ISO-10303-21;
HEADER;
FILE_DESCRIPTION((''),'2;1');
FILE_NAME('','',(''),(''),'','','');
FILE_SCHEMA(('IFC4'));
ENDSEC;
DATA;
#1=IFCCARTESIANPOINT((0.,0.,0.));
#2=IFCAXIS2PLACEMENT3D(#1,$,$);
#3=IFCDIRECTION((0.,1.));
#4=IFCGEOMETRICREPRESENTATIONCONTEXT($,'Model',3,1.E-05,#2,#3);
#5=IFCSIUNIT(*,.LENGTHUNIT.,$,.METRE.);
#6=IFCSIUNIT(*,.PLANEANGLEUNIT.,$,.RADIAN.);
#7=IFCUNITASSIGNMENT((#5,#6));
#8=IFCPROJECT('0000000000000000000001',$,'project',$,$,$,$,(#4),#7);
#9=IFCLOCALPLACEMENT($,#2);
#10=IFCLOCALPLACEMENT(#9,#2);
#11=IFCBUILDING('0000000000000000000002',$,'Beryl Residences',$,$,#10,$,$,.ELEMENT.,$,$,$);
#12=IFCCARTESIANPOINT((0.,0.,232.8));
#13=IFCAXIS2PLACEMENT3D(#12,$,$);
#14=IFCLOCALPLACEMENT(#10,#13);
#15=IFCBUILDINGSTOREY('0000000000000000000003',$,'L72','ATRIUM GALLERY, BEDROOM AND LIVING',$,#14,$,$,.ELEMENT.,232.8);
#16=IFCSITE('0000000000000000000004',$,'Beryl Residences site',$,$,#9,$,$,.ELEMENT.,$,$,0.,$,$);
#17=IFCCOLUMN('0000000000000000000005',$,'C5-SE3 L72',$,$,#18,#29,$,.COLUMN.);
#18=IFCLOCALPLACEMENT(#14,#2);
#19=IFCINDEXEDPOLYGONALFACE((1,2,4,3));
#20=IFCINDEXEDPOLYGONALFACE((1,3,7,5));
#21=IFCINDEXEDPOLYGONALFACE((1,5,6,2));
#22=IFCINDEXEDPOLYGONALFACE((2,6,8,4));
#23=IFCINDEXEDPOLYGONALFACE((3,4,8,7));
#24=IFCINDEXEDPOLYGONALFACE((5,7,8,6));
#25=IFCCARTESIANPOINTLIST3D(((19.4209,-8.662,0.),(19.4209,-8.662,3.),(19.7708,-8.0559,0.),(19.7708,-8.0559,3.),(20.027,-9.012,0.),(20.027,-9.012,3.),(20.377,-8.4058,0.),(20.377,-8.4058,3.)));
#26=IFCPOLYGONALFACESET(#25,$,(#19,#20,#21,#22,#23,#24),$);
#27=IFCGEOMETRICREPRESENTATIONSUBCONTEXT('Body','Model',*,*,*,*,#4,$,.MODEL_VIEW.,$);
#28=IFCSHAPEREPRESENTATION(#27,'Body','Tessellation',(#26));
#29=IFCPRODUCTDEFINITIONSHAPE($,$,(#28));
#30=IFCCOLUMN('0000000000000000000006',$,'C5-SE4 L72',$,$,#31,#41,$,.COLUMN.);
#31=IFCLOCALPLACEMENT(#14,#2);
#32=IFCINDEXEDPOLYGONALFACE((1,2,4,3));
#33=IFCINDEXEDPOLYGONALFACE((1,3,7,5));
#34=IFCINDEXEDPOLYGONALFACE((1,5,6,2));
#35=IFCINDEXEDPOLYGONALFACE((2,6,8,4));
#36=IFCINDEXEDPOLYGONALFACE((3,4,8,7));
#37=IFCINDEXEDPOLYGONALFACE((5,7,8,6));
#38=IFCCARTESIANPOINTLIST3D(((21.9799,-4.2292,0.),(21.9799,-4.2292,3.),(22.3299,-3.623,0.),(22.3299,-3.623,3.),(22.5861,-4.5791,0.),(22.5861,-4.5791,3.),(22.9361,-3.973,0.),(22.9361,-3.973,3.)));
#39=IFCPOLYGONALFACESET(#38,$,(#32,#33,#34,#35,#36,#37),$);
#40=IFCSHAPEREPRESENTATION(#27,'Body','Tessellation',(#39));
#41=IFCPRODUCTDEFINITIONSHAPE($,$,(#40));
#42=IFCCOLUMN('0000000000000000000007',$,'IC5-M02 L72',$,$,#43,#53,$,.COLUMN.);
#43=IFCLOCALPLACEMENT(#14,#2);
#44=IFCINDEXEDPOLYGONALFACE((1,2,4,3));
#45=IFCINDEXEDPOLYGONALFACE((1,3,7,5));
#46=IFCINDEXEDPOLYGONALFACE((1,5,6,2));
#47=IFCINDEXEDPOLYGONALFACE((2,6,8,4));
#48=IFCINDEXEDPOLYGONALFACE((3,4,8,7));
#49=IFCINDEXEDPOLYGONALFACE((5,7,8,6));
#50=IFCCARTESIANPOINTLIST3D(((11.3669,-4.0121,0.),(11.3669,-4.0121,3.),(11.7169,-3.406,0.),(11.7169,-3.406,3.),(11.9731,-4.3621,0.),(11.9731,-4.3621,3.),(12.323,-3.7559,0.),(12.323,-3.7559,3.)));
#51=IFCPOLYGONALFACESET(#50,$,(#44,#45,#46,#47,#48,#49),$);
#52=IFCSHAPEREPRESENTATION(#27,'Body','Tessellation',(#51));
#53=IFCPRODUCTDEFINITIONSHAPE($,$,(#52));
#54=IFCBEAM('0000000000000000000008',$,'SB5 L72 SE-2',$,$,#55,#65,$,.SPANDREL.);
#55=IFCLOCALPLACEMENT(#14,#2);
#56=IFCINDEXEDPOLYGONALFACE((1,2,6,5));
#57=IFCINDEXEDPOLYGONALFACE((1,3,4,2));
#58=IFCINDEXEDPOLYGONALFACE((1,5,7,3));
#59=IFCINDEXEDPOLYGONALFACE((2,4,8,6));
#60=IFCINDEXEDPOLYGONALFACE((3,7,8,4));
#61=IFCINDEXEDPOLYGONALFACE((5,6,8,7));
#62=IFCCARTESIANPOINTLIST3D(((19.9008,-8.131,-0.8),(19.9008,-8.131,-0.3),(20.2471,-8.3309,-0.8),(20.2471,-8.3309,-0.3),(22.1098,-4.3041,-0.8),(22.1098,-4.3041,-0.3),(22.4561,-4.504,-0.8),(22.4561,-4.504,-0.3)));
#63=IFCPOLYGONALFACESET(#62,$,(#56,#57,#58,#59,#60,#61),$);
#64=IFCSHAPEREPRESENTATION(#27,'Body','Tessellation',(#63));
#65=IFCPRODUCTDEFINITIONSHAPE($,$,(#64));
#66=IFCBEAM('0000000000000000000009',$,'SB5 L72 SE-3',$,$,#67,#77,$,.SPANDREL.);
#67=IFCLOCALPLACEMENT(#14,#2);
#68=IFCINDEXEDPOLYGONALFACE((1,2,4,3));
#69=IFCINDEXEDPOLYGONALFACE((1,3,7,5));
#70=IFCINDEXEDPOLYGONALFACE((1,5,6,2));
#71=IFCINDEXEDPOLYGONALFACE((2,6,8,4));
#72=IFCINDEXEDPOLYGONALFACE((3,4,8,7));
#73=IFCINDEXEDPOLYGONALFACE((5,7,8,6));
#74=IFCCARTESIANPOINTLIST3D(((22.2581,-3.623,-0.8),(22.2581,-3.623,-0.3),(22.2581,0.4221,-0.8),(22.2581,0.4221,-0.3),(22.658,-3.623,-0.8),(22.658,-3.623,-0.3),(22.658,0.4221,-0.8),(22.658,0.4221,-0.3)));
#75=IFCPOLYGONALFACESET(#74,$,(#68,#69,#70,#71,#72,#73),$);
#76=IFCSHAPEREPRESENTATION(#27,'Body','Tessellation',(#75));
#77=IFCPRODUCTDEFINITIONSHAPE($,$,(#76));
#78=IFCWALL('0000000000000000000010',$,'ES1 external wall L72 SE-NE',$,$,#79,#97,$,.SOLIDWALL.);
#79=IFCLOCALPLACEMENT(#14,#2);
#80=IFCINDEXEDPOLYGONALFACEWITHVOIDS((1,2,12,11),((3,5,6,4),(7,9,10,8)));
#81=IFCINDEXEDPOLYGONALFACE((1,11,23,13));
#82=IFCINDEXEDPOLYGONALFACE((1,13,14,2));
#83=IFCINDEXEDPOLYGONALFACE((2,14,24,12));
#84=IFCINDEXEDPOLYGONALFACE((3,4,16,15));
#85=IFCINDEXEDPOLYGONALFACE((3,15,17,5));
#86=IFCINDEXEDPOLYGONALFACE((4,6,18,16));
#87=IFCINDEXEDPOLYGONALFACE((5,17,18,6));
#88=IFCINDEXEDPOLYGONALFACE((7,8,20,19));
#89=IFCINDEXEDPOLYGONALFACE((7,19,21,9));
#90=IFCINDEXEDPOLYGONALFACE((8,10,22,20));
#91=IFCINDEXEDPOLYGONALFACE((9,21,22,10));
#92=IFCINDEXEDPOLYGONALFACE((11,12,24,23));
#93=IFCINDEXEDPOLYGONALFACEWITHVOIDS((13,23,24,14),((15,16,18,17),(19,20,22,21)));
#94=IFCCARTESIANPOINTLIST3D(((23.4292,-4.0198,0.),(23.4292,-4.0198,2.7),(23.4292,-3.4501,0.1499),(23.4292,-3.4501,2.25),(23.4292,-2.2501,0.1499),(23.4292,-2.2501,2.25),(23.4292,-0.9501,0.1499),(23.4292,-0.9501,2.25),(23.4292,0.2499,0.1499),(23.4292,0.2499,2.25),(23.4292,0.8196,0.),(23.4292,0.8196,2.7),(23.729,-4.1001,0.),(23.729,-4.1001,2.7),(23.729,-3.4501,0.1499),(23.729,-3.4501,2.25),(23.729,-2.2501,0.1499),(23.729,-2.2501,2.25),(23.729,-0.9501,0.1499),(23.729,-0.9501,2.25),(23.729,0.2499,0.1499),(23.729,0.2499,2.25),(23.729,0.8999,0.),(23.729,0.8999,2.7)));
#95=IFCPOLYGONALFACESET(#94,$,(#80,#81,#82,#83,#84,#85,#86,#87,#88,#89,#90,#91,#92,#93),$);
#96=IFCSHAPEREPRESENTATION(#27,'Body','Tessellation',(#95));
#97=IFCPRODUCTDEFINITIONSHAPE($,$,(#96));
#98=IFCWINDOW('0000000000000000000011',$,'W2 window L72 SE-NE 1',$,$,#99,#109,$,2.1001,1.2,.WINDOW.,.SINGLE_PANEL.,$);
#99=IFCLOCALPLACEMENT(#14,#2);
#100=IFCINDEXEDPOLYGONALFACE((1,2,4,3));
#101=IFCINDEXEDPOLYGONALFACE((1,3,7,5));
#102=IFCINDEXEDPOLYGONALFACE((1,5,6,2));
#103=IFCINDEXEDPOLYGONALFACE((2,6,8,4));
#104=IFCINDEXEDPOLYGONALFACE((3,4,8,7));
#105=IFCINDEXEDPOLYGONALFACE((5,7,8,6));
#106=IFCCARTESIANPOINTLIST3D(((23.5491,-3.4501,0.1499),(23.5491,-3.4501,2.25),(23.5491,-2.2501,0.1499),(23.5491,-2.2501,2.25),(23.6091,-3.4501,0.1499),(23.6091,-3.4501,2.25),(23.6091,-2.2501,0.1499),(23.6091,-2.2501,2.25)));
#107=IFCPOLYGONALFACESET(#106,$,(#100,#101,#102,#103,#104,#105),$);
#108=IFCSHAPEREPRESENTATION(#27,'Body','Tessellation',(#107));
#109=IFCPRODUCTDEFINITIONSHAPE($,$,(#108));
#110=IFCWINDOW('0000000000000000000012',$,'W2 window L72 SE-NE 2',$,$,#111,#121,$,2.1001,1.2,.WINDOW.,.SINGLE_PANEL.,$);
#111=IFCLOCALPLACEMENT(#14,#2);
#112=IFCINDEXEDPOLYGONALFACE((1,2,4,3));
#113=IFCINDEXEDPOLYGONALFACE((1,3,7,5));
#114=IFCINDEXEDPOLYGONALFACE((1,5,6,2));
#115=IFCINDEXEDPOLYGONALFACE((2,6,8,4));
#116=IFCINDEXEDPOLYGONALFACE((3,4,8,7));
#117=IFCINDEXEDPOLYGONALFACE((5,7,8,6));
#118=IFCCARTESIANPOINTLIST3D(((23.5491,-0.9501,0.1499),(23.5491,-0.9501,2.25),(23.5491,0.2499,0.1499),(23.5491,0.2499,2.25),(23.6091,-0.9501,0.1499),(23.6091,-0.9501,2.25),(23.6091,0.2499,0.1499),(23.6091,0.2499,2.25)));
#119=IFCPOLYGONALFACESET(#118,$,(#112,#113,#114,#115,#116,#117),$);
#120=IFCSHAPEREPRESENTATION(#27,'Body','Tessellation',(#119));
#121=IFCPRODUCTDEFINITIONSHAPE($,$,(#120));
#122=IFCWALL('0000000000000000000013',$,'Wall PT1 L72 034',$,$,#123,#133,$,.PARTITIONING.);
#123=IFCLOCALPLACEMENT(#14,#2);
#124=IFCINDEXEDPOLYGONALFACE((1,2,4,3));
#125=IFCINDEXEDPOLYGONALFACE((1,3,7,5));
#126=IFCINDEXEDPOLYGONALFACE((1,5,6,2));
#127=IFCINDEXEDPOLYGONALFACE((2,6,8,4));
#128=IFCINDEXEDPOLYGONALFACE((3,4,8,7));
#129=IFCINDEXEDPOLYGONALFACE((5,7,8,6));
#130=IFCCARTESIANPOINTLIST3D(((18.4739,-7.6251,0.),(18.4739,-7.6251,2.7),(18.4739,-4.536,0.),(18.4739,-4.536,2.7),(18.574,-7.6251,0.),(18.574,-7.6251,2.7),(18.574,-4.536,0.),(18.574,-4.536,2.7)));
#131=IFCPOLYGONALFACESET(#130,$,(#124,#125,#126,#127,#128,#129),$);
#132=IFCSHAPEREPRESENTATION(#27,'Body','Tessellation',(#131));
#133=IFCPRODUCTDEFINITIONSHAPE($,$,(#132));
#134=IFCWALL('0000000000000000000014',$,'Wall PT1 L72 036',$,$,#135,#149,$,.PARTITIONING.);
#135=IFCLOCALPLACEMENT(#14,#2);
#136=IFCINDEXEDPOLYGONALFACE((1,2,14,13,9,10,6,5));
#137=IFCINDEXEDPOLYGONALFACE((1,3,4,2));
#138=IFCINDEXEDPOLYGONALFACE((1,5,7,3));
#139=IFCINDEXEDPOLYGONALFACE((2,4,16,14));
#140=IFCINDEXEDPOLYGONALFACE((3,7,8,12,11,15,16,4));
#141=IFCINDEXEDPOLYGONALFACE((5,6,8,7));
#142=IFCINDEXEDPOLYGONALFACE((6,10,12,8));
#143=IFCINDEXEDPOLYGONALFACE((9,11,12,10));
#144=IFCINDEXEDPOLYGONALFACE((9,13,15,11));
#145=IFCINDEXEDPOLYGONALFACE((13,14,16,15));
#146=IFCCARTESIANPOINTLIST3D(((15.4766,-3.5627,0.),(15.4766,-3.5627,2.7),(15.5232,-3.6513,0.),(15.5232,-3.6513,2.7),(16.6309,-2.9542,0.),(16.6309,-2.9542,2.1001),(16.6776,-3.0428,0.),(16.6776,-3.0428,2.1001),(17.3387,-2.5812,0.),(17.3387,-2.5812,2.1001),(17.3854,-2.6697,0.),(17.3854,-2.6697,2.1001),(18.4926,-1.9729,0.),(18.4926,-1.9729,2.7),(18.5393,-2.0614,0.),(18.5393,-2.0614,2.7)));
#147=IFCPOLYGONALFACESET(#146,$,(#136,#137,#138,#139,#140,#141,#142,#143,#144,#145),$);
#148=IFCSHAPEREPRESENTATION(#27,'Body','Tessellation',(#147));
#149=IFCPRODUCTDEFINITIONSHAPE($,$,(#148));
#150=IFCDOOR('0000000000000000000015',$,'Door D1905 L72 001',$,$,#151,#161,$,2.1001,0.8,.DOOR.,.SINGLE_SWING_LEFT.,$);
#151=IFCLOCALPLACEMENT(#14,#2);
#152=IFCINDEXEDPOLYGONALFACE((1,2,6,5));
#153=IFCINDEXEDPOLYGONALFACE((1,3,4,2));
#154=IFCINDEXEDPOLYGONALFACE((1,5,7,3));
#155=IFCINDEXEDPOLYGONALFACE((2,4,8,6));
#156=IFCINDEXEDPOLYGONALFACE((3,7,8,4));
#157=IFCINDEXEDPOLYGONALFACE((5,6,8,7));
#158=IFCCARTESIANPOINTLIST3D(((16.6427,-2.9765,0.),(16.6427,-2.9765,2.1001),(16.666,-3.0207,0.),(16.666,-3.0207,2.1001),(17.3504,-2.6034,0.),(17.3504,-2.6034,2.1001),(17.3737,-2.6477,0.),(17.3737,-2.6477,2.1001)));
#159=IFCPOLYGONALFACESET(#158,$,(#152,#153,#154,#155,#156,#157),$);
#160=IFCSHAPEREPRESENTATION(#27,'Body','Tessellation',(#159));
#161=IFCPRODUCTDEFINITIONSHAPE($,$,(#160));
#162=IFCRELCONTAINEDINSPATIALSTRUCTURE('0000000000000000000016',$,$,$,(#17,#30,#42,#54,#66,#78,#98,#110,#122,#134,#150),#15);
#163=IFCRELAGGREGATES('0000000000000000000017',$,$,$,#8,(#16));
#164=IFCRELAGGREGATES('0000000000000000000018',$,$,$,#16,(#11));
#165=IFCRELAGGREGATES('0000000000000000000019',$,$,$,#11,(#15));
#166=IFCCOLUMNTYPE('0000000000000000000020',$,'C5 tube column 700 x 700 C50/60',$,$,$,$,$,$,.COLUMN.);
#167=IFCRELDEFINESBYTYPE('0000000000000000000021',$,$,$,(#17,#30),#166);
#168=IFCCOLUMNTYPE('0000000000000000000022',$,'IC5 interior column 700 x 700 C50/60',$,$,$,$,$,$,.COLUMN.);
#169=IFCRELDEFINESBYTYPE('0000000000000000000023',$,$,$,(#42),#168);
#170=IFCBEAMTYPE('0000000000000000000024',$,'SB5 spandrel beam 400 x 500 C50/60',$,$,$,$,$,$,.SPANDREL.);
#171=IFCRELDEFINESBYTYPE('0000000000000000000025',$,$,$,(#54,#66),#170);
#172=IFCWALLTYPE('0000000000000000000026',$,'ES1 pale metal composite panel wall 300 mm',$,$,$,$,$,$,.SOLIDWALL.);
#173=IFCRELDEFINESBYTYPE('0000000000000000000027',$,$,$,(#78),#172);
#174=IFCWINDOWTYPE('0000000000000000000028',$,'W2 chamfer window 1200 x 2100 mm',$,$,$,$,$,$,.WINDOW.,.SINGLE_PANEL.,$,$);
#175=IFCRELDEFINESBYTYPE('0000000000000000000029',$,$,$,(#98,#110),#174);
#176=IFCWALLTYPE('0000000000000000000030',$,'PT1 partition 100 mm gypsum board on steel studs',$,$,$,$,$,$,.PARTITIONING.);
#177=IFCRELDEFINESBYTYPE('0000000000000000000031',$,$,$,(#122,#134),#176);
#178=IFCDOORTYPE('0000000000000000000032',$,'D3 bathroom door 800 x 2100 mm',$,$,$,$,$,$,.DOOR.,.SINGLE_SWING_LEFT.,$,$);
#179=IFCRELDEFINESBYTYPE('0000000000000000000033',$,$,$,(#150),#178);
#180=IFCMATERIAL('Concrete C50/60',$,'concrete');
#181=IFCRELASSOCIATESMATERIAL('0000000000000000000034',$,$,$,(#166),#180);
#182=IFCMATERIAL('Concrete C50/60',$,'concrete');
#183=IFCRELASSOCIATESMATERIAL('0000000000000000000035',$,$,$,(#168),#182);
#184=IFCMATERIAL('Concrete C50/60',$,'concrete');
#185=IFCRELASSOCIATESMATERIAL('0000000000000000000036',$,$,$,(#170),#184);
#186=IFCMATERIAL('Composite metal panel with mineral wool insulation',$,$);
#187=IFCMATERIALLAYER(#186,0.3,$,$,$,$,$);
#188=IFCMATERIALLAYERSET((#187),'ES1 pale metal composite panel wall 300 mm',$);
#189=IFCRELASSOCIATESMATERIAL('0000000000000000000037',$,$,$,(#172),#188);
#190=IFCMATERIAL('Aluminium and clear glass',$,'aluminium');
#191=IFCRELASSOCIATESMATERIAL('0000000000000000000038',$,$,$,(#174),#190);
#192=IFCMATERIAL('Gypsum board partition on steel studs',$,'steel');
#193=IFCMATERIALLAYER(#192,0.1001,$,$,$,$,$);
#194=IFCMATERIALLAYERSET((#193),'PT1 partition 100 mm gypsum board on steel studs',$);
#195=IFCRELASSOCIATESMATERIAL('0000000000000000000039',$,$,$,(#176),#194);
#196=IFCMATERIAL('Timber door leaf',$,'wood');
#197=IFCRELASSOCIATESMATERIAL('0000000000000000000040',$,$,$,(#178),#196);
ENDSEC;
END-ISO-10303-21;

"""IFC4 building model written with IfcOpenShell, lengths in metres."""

from ifc_helpers import new_model, si_unit, direction, frame, frame_2d, origin, origin_2d, place, context, subcontext, project, spatial, polyline, rectangle, outline, extrude, material, layer, layer_set, material_profile, profile_set, type_object, element, fill, save


model = new_model("IFC4")

# Units and contexts
model_context = context("Model", 3, precision=1e-05, world=origin(), true_north=direction((0.0, 1.0)))
body_context = subcontext(model_context, "Body", "Model", "MODEL_VIEW")
ifc_project = project(units=[si_unit("LENGTHUNIT", "METRE"), si_unit("PLANEANGLEUNIT", "RADIAN")], contexts=[model_context])

# Site, building, storey
site_placement = place(None, origin())
site = spatial("IfcSite", under=ifc_project, at=site_placement, Name="Beryl Residences site", CompositionType="ELEMENT", RefElevation=0.0)
building_placement = place(site_placement, origin())
building = spatial("IfcBuilding", under=site, at=building_placement, Name="Beryl Residences", CompositionType="ELEMENT")
storey_placement = place(building_placement, frame((0.0, 0.0, 232.8)))
storey = spatial("IfcBuildingStorey", under=building, at=storey_placement, Name="L72", Description="ATRIUM GALLERY, BEDROOM AND LIVING", CompositionType="ELEMENT", Elevation=232.8)

# Columns
ifc_material_1 = material(Name="Concrete C50/60", Category="concrete")
ifc_material_profile_1 = material_profile(ifc_material_1, rectangle(XDim=0.7, YDim=0.7, at=origin_2d()))
ifc_profile_set_1 = profile_set([ifc_material_profile_1], Name="Concrete C50/60")
column_type_1 = type_object("IfcColumnType", Name="C5 tube column 700 x 700 C50/60", PredefinedType="COLUMN", material=ifc_profile_set_1)
for number, where, z_axis, x_axis, name in (
    (1, (19.8989, -8.5339, 0.0), (0.0, 0.0, 1.0), (0.499985, 0.866034, 0.0), "C5-SE3 L72"),
    (2, (22.458, -4.1011, 0.0), (0.0, 0.0, 1.0), (0.499985, 0.866034, 0.0), "C5-SE4 L72"),
):
    element("IfcColumn", number, at=place(storey_placement, frame(where, z_axis=z_axis, x_axis=x_axis)), inside=storey, type_object=column_type_1, Name=name, PredefinedType="COLUMN", context=body_context, shape_type="SweptSolid", body=[
        extrude(rectangle(XDim=0.7, YDim=0.7, at=origin_2d()), origin(), (0.0, 0.0, 1.0), 3.0),
    ])
ifc_material_2 = material(Name="Concrete C50/60", Category="concrete")
ifc_material_profile_2 = material_profile(ifc_material_2, rectangle(XDim=0.7, YDim=0.7, at=origin_2d()))
ifc_profile_set_2 = profile_set([ifc_material_profile_2], Name="Concrete C50/60")
column_type_2 = type_object("IfcColumnType", Name="IC5 interior column 700 x 700 C50/60", PredefinedType="COLUMN", material=ifc_profile_set_2)
column_placement = place(storey_placement, frame((11.845, -3.884, 0.0), z_axis=(0.0, 0.0, 1.0), x_axis=(0.499985, 0.866034, 0.0)))
element("IfcColumn", 3, at=column_placement, inside=storey, type_object=column_type_2, Name="IC5-M02 L72", PredefinedType="COLUMN", context=body_context, shape_type="SweptSolid", body=[
    extrude(rectangle(XDim=0.7, YDim=0.7, at=origin_2d()), origin(), (0.0, 0.0, 1.0), 3.0),
])

# Beams
ifc_material_3 = material(Name="Concrete C50/60", Category="concrete")
ifc_material_profile_3 = material_profile(ifc_material_3, rectangle(XDim=0.3999, YDim=0.5, at=origin_2d()))
ifc_profile_set_3 = profile_set([ifc_material_profile_3], Name="Concrete C50/60")
beam_type = type_object("IfcBeamType", Name="SB5 spandrel beam 400 x 500 C50/60", PredefinedType="SPANDREL", material=ifc_profile_set_3)
beam_1_placement = place(storey_placement, frame((20.074, -8.231, -0.55), z_axis=(0.499919, 0.866072, 0.0), x_axis=(-0.866072, 0.499919, 0.0)))
element("IfcBeam", 4, at=beam_1_placement, inside=storey, type_object=beam_type, Name="SB5 L72 SE-2", PredefinedType="SPANDREL", context=body_context, shape_type="SweptSolid", body=[
    extrude(rectangle(XDim=0.3999, YDim=0.5, at=origin_2d()), origin(), (0.0, 0.0, 1.0), 4.4187),
])
beam_2_placement = place(storey_placement, frame((22.458, -3.623, -0.55), z_axis=(0.0, 1.0, 0.0), x_axis=(-1.0, 0.0, 0.0)))
element("IfcBeam", 5, at=beam_2_placement, inside=storey, type_object=beam_type, Name="SB5 L72 SE-3", PredefinedType="SPANDREL", context=body_context, shape_type="SweptSolid", body=[
    extrude(rectangle(XDim=0.3999, YDim=0.5, at=origin_2d()), origin(), (0.0, 0.0, 1.0), 4.0452),
])

# Wall, openings, windows
ifc_material_4 = material(Name="Composite metal panel with mineral wool insulation")
ifc_layer_1 = layer(ifc_material_4, 0.3)
ifc_layer_set_1 = layer_set([ifc_layer_1], Name="ES1 pale metal composite panel wall 300 mm")
wall_type_1 = type_object("IfcWallType", Name="ES1 pale metal composite panel wall 300 mm", PredefinedType="SOLIDWALL", material=ifc_layer_set_1)
wall_1_placement = place(storey_placement, frame((23.5791, -4.1001, 0.0), z_axis=(0.0, 0.0, 1.0), x_axis=(0.0, 1.0, 0.0)))
wall_1 = element("IfcWall", 6, at=wall_1_placement, inside=storey, type_object=wall_type_1, Name="ES1 external wall L72 SE-NE", PredefinedType="SOLIDWALL", context=body_context, shape_type="SweptSolid", body=[
    extrude(outline(polyline([(0.0, -0.1499), (5.0, -0.1499), (4.9197, 0.1499), (0.0803, 0.1499), (0.0, -0.1499)])), origin(), (0.0, 0.0, 1.0), 2.7),
])
opening_1_placement = place(wall_1_placement, frame((0.6499, 0.0, 0.1499)))
opening_1 = element("IfcOpeningElement", 7, at=opening_1_placement, cuts=wall_1, PredefinedType="OPENING", context=body_context, shape_type="SweptSolid", body=[
    extrude(rectangle(XDim=1.2, YDim=2.1001, at=frame_2d((0.6001, 1.05))), frame((0.0, 0.1599, 0.0), z_axis=(0.0, -1.0, 0.0), x_axis=(1.0, 0.0, 0.0)), (0.0, 0.0, 1.0), 0.3201),
])
opening_2_placement = place(wall_1_placement, frame((3.1499, 0.0, 0.1499)))
opening_2 = element("IfcOpeningElement", 8, at=opening_2_placement, cuts=wall_1, PredefinedType="OPENING", context=body_context, shape_type="SweptSolid", body=[
    extrude(rectangle(XDim=1.2, YDim=2.1001, at=frame_2d((0.6001, 1.05))), frame((0.0, 0.1599, 0.0), z_axis=(0.0, -1.0, 0.0), x_axis=(1.0, 0.0, 0.0)), (0.0, 0.0, 1.0), 0.3201),
])
ifc_material_5 = material(Name="Aluminium and clear glass", Category="aluminium")
window_type = type_object("IfcWindowType", Name="W2 chamfer window 1200 x 2100 mm", PartitioningType="SINGLE_PANEL", PredefinedType="WINDOW", material=ifc_material_5)
window_1_placement = place(opening_1_placement, origin())
window_1 = element("IfcWindow", 9, at=window_1_placement, inside=storey, type_object=window_type, Name="W2 window L72 SE-NE 1", OverallHeight=2.1001, OverallWidth=1.2, PartitioningType="SINGLE_PANEL", PredefinedType="WINDOW", context=body_context, shape_type="SweptSolid", body=[
    extrude(rectangle(XDim=1.2, YDim=2.1001, at=frame_2d((0.6001, 1.05))), frame((0.0, 0.03, 0.0), z_axis=(0.0, -1.0, 0.0), x_axis=(1.0, 0.0, 0.0)), (0.0, 0.0, 1.0), 0.0601),
])
fill(opening_1, window_1)
window_2_placement = place(opening_2_placement, origin())
window_2 = element("IfcWindow", 10, at=window_2_placement, inside=storey, type_object=window_type, Name="W2 window L72 SE-NE 2", OverallHeight=2.1001, OverallWidth=1.2, PartitioningType="SINGLE_PANEL", PredefinedType="WINDOW", context=body_context, shape_type="SweptSolid", body=[
    extrude(rectangle(XDim=1.2, YDim=2.1001, at=frame_2d((0.6001, 1.05))), frame((0.0, 0.03, 0.0), z_axis=(0.0, -1.0, 0.0), x_axis=(1.0, 0.0, 0.0)), (0.0, 0.0, 1.0), 0.0601),
])
fill(opening_2, window_2)

# Wall
ifc_material_6 = material(Name="Gypsum board partition on steel studs", Category="steel")
ifc_layer_2 = layer(ifc_material_6, 0.1001)
ifc_layer_set_2 = layer_set([ifc_layer_2], Name="PT1 partition 100 mm gypsum board on steel studs")
wall_type_2 = type_object("IfcWallType", Name="PT1 partition 100 mm gypsum board on steel studs", PredefinedType="PARTITIONING", material=ifc_layer_set_2)
wall_2_placement = place(storey_placement, frame((18.5239, -7.625, 0.0), z_axis=(0.0, 0.0, 1.0), x_axis=(0.0, 1.0, 0.0)))
element("IfcWall", 11, at=wall_2_placement, inside=storey, type_object=wall_type_2, Name="Wall PT1 L72 034", PredefinedType="PARTITIONING", context=body_context, shape_type="SweptSolid", body=[
    extrude(rectangle(XDim=3.0891, YDim=0.1001, at=frame_2d((1.5444, 0.0))), origin(), (0.0, 0.0, 1.0), 2.7),
])

# Wall, opening, door
wall_3_placement = place(storey_placement, frame((15.5, -3.6069, 0.0), z_axis=(0.0, 0.0, 1.0), x_axis=(0.884626, 0.466301, 0.0)))
wall_3 = element("IfcWall", 12, at=wall_3_placement, inside=storey, type_object=wall_type_2, Name="Wall PT1 L72 036", PredefinedType="PARTITIONING", context=body_context, shape_type="SweptSolid", body=[
    extrude(rectangle(XDim=3.4094, YDim=0.1001, at=frame_2d((1.7046, 0.0))), origin(), (0.0, 0.0, 1.0), 2.7),
])
opening_3_placement = place(wall_3_placement, frame((1.3049, 0.0, 0.0)))
opening_3 = element("IfcOpeningElement", 13, at=opening_3_placement, cuts=wall_3, PredefinedType="OPENING", context=body_context, shape_type="SweptSolid", body=[
    extrude(rectangle(XDim=0.8, YDim=2.1001, at=frame_2d((0.3999, 1.05))), frame((0.0, 0.0601, 0.0), z_axis=(0.0, -1.0, 0.0), x_axis=(1.0, 0.0, 0.0)), (0.0, 0.0, 1.0), 0.1201),
])
ifc_material_7 = material(Name="Timber door leaf", Category="wood")
door_type_1 = type_object("IfcDoorType", Name="D3 bathroom door 800 x 2100 mm", OperationType="SINGLE_SWING_LEFT", PredefinedType="DOOR", material=ifc_material_7)
door_1_placement = place(opening_3_placement, origin())
door_1 = element("IfcDoor", 14, at=door_1_placement, inside=storey, type_object=door_type_1, Name="Door D1905 L72 001", OperationType="SINGLE_SWING_LEFT", OverallHeight=2.1001, OverallWidth=0.8, PredefinedType="DOOR", context=body_context, shape_type="SweptSolid", body=[
    extrude(rectangle(XDim=0.8, YDim=2.1001, at=frame_2d((0.3999, 1.05))), frame((0.0, 0.0249, 0.0), z_axis=(0.0, -1.0, 0.0), x_axis=(1.0, 0.0, 0.0)), (0.0, 0.0, 1.0), 0.05),
])
fill(opening_3, door_1)

save(model, "model.ifc")
